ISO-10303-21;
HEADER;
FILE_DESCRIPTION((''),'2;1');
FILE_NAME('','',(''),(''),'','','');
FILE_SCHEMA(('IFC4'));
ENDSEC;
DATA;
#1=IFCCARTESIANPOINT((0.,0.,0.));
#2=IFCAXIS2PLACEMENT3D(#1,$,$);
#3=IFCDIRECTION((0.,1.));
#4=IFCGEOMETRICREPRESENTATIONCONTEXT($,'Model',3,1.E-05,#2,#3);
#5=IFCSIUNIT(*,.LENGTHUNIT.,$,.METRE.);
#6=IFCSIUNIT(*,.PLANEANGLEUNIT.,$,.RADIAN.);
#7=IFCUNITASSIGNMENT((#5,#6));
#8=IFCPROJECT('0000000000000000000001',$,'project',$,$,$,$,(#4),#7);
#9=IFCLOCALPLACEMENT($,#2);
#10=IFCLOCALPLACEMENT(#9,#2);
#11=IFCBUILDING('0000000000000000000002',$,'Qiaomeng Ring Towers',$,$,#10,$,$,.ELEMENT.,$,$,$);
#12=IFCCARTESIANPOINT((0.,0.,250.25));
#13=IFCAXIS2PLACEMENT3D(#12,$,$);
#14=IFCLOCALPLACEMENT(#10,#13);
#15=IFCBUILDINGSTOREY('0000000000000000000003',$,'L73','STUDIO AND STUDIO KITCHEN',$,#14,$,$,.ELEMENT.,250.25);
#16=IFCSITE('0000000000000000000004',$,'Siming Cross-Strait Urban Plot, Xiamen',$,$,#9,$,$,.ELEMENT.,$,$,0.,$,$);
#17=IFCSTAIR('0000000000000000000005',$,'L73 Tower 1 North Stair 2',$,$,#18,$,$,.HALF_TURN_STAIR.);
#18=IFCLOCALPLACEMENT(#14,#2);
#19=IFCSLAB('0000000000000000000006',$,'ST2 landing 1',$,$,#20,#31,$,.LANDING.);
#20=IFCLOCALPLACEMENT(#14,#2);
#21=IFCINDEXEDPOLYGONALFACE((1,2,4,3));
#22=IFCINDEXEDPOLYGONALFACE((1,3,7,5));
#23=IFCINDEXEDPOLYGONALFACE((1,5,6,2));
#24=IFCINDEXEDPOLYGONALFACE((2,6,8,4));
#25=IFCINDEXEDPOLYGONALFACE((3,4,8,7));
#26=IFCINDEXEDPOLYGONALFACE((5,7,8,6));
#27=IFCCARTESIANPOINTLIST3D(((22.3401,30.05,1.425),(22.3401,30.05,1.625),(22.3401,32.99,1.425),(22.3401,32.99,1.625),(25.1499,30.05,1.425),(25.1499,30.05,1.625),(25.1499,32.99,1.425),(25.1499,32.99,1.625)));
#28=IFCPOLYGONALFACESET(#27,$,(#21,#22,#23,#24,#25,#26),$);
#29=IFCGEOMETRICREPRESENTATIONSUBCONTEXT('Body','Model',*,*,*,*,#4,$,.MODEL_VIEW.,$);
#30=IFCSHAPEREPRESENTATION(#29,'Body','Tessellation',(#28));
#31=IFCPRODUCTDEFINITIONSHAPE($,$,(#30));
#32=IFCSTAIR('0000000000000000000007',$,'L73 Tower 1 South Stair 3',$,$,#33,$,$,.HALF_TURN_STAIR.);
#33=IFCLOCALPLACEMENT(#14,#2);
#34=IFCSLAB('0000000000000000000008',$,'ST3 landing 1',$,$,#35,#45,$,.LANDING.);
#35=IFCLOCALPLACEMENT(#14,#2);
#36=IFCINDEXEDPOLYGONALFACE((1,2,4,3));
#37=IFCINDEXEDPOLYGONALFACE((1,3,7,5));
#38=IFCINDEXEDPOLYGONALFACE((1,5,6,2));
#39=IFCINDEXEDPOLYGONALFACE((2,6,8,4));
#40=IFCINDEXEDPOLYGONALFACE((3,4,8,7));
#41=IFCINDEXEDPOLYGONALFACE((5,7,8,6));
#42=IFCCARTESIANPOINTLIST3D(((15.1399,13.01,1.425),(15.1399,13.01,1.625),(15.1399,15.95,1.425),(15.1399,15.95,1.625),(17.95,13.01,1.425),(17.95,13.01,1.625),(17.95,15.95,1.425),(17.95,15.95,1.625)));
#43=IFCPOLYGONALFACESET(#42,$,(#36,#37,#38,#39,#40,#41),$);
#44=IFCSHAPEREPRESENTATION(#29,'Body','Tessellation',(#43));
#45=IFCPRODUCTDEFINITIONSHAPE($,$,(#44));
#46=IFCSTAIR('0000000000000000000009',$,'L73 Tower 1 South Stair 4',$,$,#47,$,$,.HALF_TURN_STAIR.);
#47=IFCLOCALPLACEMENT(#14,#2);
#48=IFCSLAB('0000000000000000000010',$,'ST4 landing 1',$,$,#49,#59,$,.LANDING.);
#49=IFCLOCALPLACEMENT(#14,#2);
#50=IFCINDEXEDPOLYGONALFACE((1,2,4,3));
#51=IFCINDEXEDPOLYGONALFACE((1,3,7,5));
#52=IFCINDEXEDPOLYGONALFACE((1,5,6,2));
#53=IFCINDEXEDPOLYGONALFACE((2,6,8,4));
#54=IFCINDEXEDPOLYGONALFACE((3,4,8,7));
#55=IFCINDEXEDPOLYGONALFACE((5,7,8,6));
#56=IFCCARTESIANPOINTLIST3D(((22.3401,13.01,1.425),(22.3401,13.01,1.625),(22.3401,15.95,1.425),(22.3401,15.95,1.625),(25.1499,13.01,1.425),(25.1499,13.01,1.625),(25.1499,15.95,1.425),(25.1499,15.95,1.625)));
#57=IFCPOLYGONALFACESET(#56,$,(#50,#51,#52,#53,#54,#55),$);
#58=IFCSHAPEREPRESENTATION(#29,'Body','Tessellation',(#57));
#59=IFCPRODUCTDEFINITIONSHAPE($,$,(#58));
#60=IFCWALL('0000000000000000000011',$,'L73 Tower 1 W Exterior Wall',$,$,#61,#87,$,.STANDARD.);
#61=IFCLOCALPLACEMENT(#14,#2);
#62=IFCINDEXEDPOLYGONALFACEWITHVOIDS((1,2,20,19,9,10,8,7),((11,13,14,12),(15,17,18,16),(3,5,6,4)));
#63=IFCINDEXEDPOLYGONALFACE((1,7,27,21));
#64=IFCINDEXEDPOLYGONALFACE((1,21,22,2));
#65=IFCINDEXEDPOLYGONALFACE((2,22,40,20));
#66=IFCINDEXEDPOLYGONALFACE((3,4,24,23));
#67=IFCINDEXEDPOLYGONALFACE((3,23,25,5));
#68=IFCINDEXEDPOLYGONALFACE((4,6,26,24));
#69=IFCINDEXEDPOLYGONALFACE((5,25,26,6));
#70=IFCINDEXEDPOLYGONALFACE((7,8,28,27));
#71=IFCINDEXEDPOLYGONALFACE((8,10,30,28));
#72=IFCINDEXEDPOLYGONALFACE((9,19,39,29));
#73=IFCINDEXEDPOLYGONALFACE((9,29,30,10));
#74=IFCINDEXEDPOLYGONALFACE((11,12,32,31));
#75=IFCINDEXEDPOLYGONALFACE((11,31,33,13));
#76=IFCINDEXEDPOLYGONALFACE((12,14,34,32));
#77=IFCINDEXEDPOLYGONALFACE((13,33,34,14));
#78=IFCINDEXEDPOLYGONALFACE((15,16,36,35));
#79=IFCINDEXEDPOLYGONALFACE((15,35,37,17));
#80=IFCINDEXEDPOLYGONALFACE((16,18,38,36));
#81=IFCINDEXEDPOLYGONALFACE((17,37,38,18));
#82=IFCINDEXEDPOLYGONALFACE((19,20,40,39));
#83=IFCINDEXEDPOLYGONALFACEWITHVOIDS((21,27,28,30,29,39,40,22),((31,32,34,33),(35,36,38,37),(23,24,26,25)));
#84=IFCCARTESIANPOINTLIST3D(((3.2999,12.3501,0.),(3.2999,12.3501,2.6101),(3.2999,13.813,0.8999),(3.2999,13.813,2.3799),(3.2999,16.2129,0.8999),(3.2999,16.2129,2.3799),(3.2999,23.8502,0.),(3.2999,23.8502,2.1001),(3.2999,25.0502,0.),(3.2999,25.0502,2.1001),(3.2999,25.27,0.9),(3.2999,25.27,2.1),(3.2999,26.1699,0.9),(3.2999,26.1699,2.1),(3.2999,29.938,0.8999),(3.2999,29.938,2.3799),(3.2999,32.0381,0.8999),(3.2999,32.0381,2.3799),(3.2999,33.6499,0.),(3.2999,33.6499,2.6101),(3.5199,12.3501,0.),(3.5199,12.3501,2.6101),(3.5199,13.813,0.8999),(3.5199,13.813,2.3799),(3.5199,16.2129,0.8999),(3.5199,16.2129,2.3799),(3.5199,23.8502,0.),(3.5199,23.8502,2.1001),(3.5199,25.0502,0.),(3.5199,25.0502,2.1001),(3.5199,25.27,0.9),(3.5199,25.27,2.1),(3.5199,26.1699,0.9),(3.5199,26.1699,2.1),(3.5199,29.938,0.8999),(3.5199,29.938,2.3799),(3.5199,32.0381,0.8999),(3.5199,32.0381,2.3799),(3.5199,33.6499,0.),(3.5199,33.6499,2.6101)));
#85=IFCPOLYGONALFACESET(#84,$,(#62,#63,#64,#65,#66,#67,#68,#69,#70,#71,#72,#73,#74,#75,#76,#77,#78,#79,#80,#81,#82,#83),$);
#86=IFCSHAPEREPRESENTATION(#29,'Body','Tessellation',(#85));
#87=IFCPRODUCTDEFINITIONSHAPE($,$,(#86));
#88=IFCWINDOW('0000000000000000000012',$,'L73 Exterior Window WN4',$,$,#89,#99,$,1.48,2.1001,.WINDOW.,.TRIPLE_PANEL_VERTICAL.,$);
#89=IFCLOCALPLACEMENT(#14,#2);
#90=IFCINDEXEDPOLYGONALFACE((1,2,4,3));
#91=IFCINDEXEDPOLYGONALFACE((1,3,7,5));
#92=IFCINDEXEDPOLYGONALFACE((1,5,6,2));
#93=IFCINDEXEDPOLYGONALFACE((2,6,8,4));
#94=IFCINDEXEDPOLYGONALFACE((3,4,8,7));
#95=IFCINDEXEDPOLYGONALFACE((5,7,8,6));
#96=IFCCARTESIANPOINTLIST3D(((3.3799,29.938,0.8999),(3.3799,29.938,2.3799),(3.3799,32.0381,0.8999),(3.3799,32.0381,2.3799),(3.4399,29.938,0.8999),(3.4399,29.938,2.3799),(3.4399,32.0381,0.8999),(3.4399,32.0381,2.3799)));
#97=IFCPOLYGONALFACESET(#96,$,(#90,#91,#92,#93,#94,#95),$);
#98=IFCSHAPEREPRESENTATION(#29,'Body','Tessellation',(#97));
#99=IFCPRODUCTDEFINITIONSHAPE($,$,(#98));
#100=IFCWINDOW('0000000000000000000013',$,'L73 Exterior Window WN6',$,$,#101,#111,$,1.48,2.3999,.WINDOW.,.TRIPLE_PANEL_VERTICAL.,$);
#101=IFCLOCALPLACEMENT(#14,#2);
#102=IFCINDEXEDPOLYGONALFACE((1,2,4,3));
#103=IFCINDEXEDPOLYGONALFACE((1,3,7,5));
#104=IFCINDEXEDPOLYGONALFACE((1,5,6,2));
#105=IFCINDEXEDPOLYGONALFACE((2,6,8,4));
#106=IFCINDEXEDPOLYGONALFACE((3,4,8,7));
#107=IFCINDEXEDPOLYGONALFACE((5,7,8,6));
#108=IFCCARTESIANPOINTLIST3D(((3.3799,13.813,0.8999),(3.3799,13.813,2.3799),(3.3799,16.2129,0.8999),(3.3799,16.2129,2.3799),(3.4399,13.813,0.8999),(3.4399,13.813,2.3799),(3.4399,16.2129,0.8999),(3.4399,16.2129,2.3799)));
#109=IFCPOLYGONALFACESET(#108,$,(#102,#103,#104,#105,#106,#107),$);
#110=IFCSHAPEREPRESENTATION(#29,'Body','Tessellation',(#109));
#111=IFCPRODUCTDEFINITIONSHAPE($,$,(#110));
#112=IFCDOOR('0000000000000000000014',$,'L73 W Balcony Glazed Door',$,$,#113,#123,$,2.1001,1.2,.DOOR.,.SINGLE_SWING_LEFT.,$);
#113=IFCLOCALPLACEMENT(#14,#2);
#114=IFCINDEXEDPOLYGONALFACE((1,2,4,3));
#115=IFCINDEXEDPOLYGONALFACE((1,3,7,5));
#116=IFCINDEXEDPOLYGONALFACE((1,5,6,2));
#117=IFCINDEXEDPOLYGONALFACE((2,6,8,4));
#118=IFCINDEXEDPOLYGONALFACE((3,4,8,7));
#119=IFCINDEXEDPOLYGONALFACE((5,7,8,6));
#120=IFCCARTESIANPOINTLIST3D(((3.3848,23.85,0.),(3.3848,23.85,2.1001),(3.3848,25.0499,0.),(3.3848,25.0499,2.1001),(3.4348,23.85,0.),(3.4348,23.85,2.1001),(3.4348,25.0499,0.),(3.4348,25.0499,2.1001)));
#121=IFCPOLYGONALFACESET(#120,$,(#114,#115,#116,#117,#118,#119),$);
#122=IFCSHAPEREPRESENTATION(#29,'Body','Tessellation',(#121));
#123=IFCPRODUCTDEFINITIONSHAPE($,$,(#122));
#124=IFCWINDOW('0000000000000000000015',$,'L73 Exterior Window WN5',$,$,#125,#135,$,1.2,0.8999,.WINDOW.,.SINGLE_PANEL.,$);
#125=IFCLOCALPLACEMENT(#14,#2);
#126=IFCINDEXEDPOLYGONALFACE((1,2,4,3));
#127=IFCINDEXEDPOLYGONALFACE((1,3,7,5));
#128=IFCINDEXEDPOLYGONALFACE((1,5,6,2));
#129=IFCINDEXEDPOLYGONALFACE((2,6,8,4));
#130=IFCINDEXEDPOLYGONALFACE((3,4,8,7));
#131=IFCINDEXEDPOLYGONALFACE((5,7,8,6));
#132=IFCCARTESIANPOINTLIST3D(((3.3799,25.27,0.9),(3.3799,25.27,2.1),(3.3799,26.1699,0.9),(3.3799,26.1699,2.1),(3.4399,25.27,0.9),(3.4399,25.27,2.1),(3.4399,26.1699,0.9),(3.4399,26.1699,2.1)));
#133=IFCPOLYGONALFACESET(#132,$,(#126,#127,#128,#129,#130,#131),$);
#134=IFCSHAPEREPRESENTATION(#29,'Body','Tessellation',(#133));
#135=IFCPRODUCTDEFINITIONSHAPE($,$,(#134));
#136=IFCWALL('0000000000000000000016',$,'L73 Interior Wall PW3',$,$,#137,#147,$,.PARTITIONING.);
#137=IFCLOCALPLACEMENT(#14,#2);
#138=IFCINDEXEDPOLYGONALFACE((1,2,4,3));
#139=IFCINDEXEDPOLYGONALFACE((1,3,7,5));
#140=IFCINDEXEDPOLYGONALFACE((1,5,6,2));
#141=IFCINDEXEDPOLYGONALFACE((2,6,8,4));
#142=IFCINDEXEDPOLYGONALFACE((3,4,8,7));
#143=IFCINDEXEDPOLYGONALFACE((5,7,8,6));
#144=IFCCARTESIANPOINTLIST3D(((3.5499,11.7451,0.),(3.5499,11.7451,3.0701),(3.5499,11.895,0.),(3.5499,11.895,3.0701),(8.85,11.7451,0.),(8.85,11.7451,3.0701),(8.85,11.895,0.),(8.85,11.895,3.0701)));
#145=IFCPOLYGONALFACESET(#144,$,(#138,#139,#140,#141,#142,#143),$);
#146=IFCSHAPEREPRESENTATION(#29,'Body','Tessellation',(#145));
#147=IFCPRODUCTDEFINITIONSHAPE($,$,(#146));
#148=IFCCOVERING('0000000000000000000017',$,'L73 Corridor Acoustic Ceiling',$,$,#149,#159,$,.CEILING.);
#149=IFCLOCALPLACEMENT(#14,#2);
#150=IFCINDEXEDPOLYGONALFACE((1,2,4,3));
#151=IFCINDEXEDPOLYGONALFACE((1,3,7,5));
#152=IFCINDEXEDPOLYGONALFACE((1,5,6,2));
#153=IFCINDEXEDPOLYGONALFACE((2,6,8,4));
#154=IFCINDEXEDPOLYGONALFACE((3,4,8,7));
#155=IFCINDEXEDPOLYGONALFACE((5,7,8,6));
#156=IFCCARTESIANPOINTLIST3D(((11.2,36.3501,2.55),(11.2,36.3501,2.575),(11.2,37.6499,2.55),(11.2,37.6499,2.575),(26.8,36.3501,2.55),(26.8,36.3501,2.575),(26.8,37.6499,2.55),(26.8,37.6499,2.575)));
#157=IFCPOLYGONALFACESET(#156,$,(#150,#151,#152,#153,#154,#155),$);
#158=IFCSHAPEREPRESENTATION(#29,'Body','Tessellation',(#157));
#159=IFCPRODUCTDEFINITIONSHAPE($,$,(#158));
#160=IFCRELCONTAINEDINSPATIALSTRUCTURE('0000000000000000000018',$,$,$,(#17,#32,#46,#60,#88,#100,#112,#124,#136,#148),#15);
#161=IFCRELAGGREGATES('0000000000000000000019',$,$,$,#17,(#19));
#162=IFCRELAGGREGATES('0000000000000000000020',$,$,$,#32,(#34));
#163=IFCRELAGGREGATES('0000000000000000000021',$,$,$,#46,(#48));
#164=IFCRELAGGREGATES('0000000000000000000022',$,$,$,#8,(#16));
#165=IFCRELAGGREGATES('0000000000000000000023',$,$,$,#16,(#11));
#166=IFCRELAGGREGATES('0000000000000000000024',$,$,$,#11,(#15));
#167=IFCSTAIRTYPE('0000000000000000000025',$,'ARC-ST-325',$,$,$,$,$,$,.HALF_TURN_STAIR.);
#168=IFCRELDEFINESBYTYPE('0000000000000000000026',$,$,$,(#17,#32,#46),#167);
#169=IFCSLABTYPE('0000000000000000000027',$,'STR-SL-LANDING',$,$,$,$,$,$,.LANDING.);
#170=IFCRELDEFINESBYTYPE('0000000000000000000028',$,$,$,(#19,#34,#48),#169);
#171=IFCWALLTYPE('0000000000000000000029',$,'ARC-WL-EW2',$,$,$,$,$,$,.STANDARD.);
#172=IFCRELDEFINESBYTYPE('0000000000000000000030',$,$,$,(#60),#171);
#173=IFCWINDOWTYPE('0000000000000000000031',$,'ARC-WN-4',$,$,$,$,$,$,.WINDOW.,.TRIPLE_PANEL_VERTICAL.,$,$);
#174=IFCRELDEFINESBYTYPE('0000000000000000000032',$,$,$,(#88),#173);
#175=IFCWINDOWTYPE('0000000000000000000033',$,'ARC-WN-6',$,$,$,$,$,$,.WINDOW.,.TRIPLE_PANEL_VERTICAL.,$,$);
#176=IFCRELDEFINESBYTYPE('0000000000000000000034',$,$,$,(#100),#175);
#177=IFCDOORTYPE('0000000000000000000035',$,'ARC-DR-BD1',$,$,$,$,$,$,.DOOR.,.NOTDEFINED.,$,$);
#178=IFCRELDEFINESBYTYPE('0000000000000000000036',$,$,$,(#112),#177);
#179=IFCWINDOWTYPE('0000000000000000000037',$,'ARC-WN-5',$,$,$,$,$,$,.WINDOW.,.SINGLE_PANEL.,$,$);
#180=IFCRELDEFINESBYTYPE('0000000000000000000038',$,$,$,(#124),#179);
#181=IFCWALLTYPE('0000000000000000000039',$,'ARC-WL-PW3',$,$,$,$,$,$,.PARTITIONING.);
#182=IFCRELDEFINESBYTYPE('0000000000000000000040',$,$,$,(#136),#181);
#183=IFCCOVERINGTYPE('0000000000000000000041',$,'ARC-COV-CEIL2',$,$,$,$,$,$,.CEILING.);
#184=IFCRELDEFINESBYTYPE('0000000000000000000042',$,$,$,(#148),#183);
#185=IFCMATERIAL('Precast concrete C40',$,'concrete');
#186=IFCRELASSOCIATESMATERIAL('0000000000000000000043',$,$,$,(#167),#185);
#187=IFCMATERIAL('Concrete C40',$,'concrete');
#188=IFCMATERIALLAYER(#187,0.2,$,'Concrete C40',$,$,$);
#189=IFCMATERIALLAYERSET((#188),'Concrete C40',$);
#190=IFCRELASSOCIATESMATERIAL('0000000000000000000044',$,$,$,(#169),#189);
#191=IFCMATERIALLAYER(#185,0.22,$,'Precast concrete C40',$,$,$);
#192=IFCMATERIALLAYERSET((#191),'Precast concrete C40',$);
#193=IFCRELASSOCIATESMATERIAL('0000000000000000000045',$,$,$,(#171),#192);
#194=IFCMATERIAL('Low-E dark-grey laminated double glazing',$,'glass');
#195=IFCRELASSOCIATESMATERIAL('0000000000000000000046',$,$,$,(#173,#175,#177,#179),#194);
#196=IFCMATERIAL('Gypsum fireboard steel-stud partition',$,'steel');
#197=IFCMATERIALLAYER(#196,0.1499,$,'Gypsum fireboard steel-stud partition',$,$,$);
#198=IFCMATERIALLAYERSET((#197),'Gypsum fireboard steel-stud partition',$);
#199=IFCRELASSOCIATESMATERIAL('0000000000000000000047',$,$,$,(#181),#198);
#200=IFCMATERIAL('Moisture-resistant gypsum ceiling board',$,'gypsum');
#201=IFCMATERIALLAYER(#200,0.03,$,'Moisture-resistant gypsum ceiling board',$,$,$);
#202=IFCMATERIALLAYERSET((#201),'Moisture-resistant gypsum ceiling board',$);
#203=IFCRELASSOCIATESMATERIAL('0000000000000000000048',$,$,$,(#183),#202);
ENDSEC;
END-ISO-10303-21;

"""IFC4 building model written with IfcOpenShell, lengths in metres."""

from ifc_helpers import new_model, si_unit, direction, frame, frame_2d, origin, place, context, subcontext, project, spatial, polyline, rectangle, outline, extrude, source, transform, mapped, material, layer, layer_set, type_object, element, fill, aggregate, save


model = new_model("IFC4")

# Units and contexts
model_context = context("Model", 3, precision=1e-05, world=origin(), true_north=direction((0.0, 1.0)))
body_context = subcontext(model_context, "Body", "Model", "MODEL_VIEW")
ifc_project = project(units=[si_unit("LENGTHUNIT", "METRE"), si_unit("PLANEANGLEUNIT", "RADIAN")], contexts=[model_context])

# Site, building, storey
site_placement = place(None, origin())
site = spatial("IfcSite", under=ifc_project, at=site_placement, Name="Siming Cross-Strait Urban Plot, Xiamen", CompositionType="ELEMENT", RefElevation=0.0)
building_placement = place(site_placement, origin())
building = spatial("IfcBuilding", under=site, at=building_placement, Name="Qiaomeng Ring Towers", CompositionType="ELEMENT")
storey_placement = place(building_placement, frame((0.0, 0.0, 250.25)))
storey = spatial("IfcBuildingStorey", under=building, at=storey_placement, Name="L73", Description="STUDIO AND STUDIO KITCHEN", CompositionType="ELEMENT", Elevation=250.25)

# Shared definitions
ifc_material_1 = material(Name="Concrete C40", Category="concrete")

# Stairs, slabs
ifc_material_2 = material(Name="Precast concrete C40", Category="concrete")
stair_type = type_object("IfcStairType", Name="ARC-ST-325", PredefinedType="HALF_TURN_STAIR", material=ifc_material_2)
ifc_layer_1 = layer(ifc_material_1, 0.2, Name="Concrete C40")
ifc_layer_set_1 = layer_set([ifc_layer_1], Name="Concrete C40")
slab_type_1 = type_object("IfcSlabType", Name="STR-SL-LANDING", PredefinedType="LANDING", material=ifc_layer_set_1)
stair_1_placement = place(storey_placement, origin())
stair_1 = element("IfcStair", 1, at=stair_1_placement, inside=storey, type_object=stair_type, Name="L73 Tower 1 North Stair 2", PredefinedType="HALF_TURN_STAIR")
slab_1_placement = place(storey_placement, frame((0.0, 0.0, 1.425)))
slab_1 = element("IfcSlab", 2, at=slab_1_placement, type_object=slab_type_1, Name="ST2 landing 1", PredefinedType="LANDING", context=body_context, shape_type="SweptSolid", body=[
    extrude(outline(polyline([(22.3401, 30.05), (25.1499, 30.05), (25.1499, 32.99), (22.3401, 32.99), (22.3401, 30.05)])), origin(), (0.0, 0.0, 1.0), 0.2),
])
aggregate(stair_1, [slab_1])
stair_2_placement = place(storey_placement, origin())
stair_2 = element("IfcStair", 3, at=stair_2_placement, inside=storey, type_object=stair_type, Name="L73 Tower 1 South Stair 3", PredefinedType="HALF_TURN_STAIR")
slab_2_placement = place(storey_placement, frame((0.0, 0.0, 1.425)))
slab_2 = element("IfcSlab", 4, at=slab_2_placement, type_object=slab_type_1, Name="ST3 landing 1", PredefinedType="LANDING", context=body_context, shape_type="SweptSolid", body=[
    extrude(outline(polyline([(15.1399, 13.01), (17.95, 13.01), (17.95, 15.95), (15.1399, 15.95), (15.1399, 13.01)])), origin(), (0.0, 0.0, 1.0), 0.2),
])
aggregate(stair_2, [slab_2])
stair_3_placement = place(storey_placement, origin())
stair_3 = element("IfcStair", 5, at=stair_3_placement, inside=storey, type_object=stair_type, Name="L73 Tower 1 South Stair 4", PredefinedType="HALF_TURN_STAIR")
slab_3_placement = place(storey_placement, frame((0.0, 0.0, 1.425)))
slab_3 = element("IfcSlab", 6, at=slab_3_placement, type_object=slab_type_1, Name="ST4 landing 1", PredefinedType="LANDING", context=body_context, shape_type="SweptSolid", body=[
    extrude(outline(polyline([(22.3401, 13.01), (25.1499, 13.01), (25.1499, 15.95), (22.3401, 15.95), (22.3401, 13.01)])), origin(), (0.0, 0.0, 1.0), 0.2),
])
aggregate(stair_3, [slab_3])

# Wall, openings, windows, door
ifc_layer_2 = layer(ifc_material_2, 0.22, Name="Precast concrete C40")
ifc_layer_set_2 = layer_set([ifc_layer_2], Name="Precast concrete C40")
wall_type_1 = type_object("IfcWallType", Name="ARC-WL-EW2", PredefinedType="STANDARD", material=ifc_layer_set_2)
wall_1_placement = place(storey_placement, frame((3.4099, 12.3501, 0.0), z_axis=(0.0, 0.0, 1.0), x_axis=(0.0, 1.0, 0.0)))
wall_1 = element("IfcWall", 7, at=wall_1_placement, inside=storey, type_object=wall_type_1, Name="L73 Tower 1 W Exterior Wall", PredefinedType="STANDARD", context=body_context, shape_type="SweptSolid", body=[
    extrude(rectangle(XDim=21.2998, YDim=0.22, at=frame_2d((10.6499, 0.0))), origin(), (0.0, 0.0, 1.0), 2.6101),
])
opening_1_placement = place(wall_1_placement, frame((11.5, 0.0, 0.0)))
opening_1 = element("IfcOpeningElement", 8, at=opening_1_placement, cuts=wall_1, PredefinedType="OPENING", context=body_context, shape_type="SweptSolid", body=[
    extrude(rectangle(XDim=1.2, YDim=2.1001, at=frame_2d((0.6001, 1.05))), frame((0.0, 0.1199, 0.0), z_axis=(0.0, -1.0, 0.0), x_axis=(1.0, 0.0, 0.0)), (0.0, 0.0, 1.0), 0.24),
])
opening_2_placement = place(wall_1_placement, frame((1.4629, 0.0, 0.8999)))
opening_2 = element("IfcOpeningElement", 9, at=opening_2_placement, cuts=wall_1, PredefinedType="OPENING", context=body_context, shape_type="SweptSolid", body=[
    extrude(rectangle(XDim=2.3999, YDim=1.48, at=frame_2d((1.2, 0.74))), frame((0.0, 0.1199, 0.0), z_axis=(0.0, -1.0, 0.0), x_axis=(1.0, 0.0, 0.0)), (0.0, 0.0, 1.0), 0.24),
])
opening_3_placement = place(wall_1_placement, frame((17.5879, 0.0, 0.8999)))
opening_3 = element("IfcOpeningElement", 10, at=opening_3_placement, cuts=wall_1, PredefinedType="OPENING", context=body_context, shape_type="SweptSolid", body=[
    extrude(rectangle(XDim=2.1001, YDim=1.48, at=frame_2d((1.05, 0.74))), frame((0.0, 0.1199, 0.0), z_axis=(0.0, -1.0, 0.0), x_axis=(1.0, 0.0, 0.0)), (0.0, 0.0, 1.0), 0.24),
])
opening_4_placement = place(wall_1_placement, frame((12.9199, 0.0, 0.8999)))
opening_4 = element("IfcOpeningElement", 11, at=opening_4_placement, cuts=wall_1, PredefinedType="OPENING", context=body_context, shape_type="SweptSolid", body=[
    extrude(rectangle(XDim=0.8999, YDim=1.2, at=frame_2d((0.45, 0.6001))), frame((0.0, 0.1199, 0.0), z_axis=(0.0, -1.0, 0.0), x_axis=(1.0, 0.0, 0.0)), (0.0, 0.0, 1.0), 0.24),
])
ifc_material_3 = material(Name="Low-E dark-grey laminated double glazing", Category="glass")
window_type_1 = type_object("IfcWindowType", Name="ARC-WN-4", PartitioningType="TRIPLE_PANEL_VERTICAL", PredefinedType="WINDOW", material=ifc_material_3)
shared_shape_1 = source(origin(), body_context, "Body", "SweptSolid", [
    extrude(rectangle(XDim=2.1001, YDim=1.48, at=frame_2d((1.05, 0.74))), frame((0.0, 0.03, 0.0), z_axis=(0.0, -1.0, 0.0), x_axis=(1.0, 0.0, 0.0)), (0.0, 0.0, 1.0), 0.0601),
])
window_1_placement = place(opening_3_placement, origin())
window_1 = element("IfcWindow", 12, at=window_1_placement, inside=storey, type_object=window_type_1, Name="L73 Exterior Window WN4", OverallHeight=1.48, OverallWidth=2.1001, PartitioningType="TRIPLE_PANEL_VERTICAL", PredefinedType="WINDOW", context=body_context, shape_type="MappedRepresentation", body=[
    mapped(shared_shape_1, transform((0.0, 0.0, 0.0), x_axis=(1.0, 0.0, 0.0), y_axis=(0.0, 1.0, 0.0), z_axis=(0.0, 0.0, 1.0), scale=1.0)),
])
fill(opening_3, window_1)
window_type_2 = type_object("IfcWindowType", Name="ARC-WN-6", PartitioningType="TRIPLE_PANEL_VERTICAL", PredefinedType="WINDOW", material=ifc_material_3)
shared_shape_2 = source(origin(), body_context, "Body", "SweptSolid", [
    extrude(rectangle(XDim=2.3999, YDim=1.48, at=frame_2d((1.2, 0.74))), frame((0.0, 0.03, 0.0), z_axis=(0.0, -1.0, 0.0), x_axis=(1.0, 0.0, 0.0)), (0.0, 0.0, 1.0), 0.0601),
])
window_2_placement = place(opening_2_placement, origin())
window_2 = element("IfcWindow", 13, at=window_2_placement, inside=storey, type_object=window_type_2, Name="L73 Exterior Window WN6", OverallHeight=1.48, OverallWidth=2.3999, PartitioningType="TRIPLE_PANEL_VERTICAL", PredefinedType="WINDOW", context=body_context, shape_type="MappedRepresentation", body=[
    mapped(shared_shape_2, transform((0.0, 0.0, 0.0), x_axis=(1.0, 0.0, 0.0), y_axis=(0.0, 1.0, 0.0), z_axis=(0.0, 0.0, 1.0), scale=1.0)),
])
fill(opening_2, window_2)
door_type = type_object("IfcDoorType", Name="ARC-DR-BD1", OperationType="NOTDEFINED", PredefinedType="DOOR", material=ifc_material_3)
shared_shape_3 = source(origin(), body_context, "Body", "SweptSolid", [
    extrude(rectangle(XDim=1.2, YDim=2.1001, at=frame_2d((0.6001, 1.05))), frame((0.0, 0.0249, 0.0), z_axis=(0.0, -1.0, 0.0), x_axis=(1.0, 0.0, 0.0)), (0.0, 0.0, 1.0), 0.05),
])
door_placement = place(opening_1_placement, frame((1.2, 0.0, 0.0), z_axis=(0.0, 0.0, 1.0), x_axis=(-1.0, 0.0, 0.0)))
door = element("IfcDoor", 14, at=door_placement, inside=storey, type_object=door_type, Name="L73 W Balcony Glazed Door", OperationType="SINGLE_SWING_LEFT", OverallHeight=2.1001, OverallWidth=1.2, PredefinedType="DOOR", context=body_context, shape_type="MappedRepresentation", body=[
    mapped(shared_shape_3, transform((0.0, 0.0, 0.0), x_axis=(1.0, 0.0, 0.0), y_axis=(0.0, 1.0, 0.0), z_axis=(0.0, 0.0, 1.0), scale=1.0)),
])
fill(opening_1, door)
window_type_3 = type_object("IfcWindowType", Name="ARC-WN-5", PartitioningType="SINGLE_PANEL", PredefinedType="WINDOW", material=ifc_material_3)
shared_shape_4 = source(origin(), body_context, "Body", "SweptSolid", [
    extrude(rectangle(XDim=0.8999, YDim=1.2, at=frame_2d((0.45, 0.6001))), frame((0.0, 0.03, 0.0), z_axis=(0.0, -1.0, 0.0), x_axis=(1.0, 0.0, 0.0)), (0.0, 0.0, 1.0), 0.0601),
])
window_3_placement = place(opening_4_placement, origin())
window_3 = element("IfcWindow", 15, at=window_3_placement, inside=storey, type_object=window_type_3, Name="L73 Exterior Window WN5", OverallHeight=1.2, OverallWidth=0.8999, PartitioningType="SINGLE_PANEL", PredefinedType="WINDOW", context=body_context, shape_type="MappedRepresentation", body=[
    mapped(shared_shape_4, transform((0.0, 0.0, 0.0), x_axis=(1.0, 0.0, 0.0), y_axis=(0.0, 1.0, 0.0), z_axis=(0.0, 0.0, 1.0), scale=1.0)),
])
fill(opening_4, window_3)

# Wall
ifc_material_4 = material(Name="Gypsum fireboard steel-stud partition", Category="steel")
ifc_layer_3 = layer(ifc_material_4, 0.1499, Name="Gypsum fireboard steel-stud partition")
ifc_layer_set_3 = layer_set([ifc_layer_3], Name="Gypsum fireboard steel-stud partition")
wall_type_2 = type_object("IfcWallType", Name="ARC-WL-PW3", PredefinedType="PARTITIONING", material=ifc_layer_set_3)
wall_2_placement = place(storey_placement, frame((3.55, 11.8201, 0.0), z_axis=(0.0, 0.0, 1.0), x_axis=(1.0, 0.0, 0.0)))
element("IfcWall", 16, at=wall_2_placement, inside=storey, type_object=wall_type_2, Name="L73 Interior Wall PW3", PredefinedType="PARTITIONING", context=body_context, shape_type="SweptSolid", body=[
    extrude(rectangle(XDim=5.3, YDim=0.1499, at=frame_2d((2.6499, 0.0))), origin(), (0.0, 0.0, 1.0), 3.0701),
])

# Covering
ifc_material_5 = material(Name="Moisture-resistant gypsum ceiling board", Category="gypsum")
ifc_layer_4 = layer(ifc_material_5, 0.03, Name="Moisture-resistant gypsum ceiling board")
ifc_layer_set_4 = layer_set([ifc_layer_4], Name="Moisture-resistant gypsum ceiling board")
covering_type_1 = type_object("IfcCoveringType", Name="ARC-COV-CEIL2", PredefinedType="CEILING", material=ifc_layer_set_4)
covering_1_placement = place(storey_placement, frame((0.0, 0.0, 2.55)))
element("IfcCovering", 17, at=covering_1_placement, inside=storey, type_object=covering_type_1, Name="L73 Corridor Acoustic Ceiling", PredefinedType="CEILING", context=body_context, shape_type="SweptSolid", body=[
    extrude(outline(polyline([(11.2, 36.3501), (11.2, 37.6499), (26.8, 37.6499), (26.8, 36.3501), (11.2, 36.3501)])), origin(), (0.0, 0.0, 1.0), 0.0249),
])

save(model, "model.ifc")
